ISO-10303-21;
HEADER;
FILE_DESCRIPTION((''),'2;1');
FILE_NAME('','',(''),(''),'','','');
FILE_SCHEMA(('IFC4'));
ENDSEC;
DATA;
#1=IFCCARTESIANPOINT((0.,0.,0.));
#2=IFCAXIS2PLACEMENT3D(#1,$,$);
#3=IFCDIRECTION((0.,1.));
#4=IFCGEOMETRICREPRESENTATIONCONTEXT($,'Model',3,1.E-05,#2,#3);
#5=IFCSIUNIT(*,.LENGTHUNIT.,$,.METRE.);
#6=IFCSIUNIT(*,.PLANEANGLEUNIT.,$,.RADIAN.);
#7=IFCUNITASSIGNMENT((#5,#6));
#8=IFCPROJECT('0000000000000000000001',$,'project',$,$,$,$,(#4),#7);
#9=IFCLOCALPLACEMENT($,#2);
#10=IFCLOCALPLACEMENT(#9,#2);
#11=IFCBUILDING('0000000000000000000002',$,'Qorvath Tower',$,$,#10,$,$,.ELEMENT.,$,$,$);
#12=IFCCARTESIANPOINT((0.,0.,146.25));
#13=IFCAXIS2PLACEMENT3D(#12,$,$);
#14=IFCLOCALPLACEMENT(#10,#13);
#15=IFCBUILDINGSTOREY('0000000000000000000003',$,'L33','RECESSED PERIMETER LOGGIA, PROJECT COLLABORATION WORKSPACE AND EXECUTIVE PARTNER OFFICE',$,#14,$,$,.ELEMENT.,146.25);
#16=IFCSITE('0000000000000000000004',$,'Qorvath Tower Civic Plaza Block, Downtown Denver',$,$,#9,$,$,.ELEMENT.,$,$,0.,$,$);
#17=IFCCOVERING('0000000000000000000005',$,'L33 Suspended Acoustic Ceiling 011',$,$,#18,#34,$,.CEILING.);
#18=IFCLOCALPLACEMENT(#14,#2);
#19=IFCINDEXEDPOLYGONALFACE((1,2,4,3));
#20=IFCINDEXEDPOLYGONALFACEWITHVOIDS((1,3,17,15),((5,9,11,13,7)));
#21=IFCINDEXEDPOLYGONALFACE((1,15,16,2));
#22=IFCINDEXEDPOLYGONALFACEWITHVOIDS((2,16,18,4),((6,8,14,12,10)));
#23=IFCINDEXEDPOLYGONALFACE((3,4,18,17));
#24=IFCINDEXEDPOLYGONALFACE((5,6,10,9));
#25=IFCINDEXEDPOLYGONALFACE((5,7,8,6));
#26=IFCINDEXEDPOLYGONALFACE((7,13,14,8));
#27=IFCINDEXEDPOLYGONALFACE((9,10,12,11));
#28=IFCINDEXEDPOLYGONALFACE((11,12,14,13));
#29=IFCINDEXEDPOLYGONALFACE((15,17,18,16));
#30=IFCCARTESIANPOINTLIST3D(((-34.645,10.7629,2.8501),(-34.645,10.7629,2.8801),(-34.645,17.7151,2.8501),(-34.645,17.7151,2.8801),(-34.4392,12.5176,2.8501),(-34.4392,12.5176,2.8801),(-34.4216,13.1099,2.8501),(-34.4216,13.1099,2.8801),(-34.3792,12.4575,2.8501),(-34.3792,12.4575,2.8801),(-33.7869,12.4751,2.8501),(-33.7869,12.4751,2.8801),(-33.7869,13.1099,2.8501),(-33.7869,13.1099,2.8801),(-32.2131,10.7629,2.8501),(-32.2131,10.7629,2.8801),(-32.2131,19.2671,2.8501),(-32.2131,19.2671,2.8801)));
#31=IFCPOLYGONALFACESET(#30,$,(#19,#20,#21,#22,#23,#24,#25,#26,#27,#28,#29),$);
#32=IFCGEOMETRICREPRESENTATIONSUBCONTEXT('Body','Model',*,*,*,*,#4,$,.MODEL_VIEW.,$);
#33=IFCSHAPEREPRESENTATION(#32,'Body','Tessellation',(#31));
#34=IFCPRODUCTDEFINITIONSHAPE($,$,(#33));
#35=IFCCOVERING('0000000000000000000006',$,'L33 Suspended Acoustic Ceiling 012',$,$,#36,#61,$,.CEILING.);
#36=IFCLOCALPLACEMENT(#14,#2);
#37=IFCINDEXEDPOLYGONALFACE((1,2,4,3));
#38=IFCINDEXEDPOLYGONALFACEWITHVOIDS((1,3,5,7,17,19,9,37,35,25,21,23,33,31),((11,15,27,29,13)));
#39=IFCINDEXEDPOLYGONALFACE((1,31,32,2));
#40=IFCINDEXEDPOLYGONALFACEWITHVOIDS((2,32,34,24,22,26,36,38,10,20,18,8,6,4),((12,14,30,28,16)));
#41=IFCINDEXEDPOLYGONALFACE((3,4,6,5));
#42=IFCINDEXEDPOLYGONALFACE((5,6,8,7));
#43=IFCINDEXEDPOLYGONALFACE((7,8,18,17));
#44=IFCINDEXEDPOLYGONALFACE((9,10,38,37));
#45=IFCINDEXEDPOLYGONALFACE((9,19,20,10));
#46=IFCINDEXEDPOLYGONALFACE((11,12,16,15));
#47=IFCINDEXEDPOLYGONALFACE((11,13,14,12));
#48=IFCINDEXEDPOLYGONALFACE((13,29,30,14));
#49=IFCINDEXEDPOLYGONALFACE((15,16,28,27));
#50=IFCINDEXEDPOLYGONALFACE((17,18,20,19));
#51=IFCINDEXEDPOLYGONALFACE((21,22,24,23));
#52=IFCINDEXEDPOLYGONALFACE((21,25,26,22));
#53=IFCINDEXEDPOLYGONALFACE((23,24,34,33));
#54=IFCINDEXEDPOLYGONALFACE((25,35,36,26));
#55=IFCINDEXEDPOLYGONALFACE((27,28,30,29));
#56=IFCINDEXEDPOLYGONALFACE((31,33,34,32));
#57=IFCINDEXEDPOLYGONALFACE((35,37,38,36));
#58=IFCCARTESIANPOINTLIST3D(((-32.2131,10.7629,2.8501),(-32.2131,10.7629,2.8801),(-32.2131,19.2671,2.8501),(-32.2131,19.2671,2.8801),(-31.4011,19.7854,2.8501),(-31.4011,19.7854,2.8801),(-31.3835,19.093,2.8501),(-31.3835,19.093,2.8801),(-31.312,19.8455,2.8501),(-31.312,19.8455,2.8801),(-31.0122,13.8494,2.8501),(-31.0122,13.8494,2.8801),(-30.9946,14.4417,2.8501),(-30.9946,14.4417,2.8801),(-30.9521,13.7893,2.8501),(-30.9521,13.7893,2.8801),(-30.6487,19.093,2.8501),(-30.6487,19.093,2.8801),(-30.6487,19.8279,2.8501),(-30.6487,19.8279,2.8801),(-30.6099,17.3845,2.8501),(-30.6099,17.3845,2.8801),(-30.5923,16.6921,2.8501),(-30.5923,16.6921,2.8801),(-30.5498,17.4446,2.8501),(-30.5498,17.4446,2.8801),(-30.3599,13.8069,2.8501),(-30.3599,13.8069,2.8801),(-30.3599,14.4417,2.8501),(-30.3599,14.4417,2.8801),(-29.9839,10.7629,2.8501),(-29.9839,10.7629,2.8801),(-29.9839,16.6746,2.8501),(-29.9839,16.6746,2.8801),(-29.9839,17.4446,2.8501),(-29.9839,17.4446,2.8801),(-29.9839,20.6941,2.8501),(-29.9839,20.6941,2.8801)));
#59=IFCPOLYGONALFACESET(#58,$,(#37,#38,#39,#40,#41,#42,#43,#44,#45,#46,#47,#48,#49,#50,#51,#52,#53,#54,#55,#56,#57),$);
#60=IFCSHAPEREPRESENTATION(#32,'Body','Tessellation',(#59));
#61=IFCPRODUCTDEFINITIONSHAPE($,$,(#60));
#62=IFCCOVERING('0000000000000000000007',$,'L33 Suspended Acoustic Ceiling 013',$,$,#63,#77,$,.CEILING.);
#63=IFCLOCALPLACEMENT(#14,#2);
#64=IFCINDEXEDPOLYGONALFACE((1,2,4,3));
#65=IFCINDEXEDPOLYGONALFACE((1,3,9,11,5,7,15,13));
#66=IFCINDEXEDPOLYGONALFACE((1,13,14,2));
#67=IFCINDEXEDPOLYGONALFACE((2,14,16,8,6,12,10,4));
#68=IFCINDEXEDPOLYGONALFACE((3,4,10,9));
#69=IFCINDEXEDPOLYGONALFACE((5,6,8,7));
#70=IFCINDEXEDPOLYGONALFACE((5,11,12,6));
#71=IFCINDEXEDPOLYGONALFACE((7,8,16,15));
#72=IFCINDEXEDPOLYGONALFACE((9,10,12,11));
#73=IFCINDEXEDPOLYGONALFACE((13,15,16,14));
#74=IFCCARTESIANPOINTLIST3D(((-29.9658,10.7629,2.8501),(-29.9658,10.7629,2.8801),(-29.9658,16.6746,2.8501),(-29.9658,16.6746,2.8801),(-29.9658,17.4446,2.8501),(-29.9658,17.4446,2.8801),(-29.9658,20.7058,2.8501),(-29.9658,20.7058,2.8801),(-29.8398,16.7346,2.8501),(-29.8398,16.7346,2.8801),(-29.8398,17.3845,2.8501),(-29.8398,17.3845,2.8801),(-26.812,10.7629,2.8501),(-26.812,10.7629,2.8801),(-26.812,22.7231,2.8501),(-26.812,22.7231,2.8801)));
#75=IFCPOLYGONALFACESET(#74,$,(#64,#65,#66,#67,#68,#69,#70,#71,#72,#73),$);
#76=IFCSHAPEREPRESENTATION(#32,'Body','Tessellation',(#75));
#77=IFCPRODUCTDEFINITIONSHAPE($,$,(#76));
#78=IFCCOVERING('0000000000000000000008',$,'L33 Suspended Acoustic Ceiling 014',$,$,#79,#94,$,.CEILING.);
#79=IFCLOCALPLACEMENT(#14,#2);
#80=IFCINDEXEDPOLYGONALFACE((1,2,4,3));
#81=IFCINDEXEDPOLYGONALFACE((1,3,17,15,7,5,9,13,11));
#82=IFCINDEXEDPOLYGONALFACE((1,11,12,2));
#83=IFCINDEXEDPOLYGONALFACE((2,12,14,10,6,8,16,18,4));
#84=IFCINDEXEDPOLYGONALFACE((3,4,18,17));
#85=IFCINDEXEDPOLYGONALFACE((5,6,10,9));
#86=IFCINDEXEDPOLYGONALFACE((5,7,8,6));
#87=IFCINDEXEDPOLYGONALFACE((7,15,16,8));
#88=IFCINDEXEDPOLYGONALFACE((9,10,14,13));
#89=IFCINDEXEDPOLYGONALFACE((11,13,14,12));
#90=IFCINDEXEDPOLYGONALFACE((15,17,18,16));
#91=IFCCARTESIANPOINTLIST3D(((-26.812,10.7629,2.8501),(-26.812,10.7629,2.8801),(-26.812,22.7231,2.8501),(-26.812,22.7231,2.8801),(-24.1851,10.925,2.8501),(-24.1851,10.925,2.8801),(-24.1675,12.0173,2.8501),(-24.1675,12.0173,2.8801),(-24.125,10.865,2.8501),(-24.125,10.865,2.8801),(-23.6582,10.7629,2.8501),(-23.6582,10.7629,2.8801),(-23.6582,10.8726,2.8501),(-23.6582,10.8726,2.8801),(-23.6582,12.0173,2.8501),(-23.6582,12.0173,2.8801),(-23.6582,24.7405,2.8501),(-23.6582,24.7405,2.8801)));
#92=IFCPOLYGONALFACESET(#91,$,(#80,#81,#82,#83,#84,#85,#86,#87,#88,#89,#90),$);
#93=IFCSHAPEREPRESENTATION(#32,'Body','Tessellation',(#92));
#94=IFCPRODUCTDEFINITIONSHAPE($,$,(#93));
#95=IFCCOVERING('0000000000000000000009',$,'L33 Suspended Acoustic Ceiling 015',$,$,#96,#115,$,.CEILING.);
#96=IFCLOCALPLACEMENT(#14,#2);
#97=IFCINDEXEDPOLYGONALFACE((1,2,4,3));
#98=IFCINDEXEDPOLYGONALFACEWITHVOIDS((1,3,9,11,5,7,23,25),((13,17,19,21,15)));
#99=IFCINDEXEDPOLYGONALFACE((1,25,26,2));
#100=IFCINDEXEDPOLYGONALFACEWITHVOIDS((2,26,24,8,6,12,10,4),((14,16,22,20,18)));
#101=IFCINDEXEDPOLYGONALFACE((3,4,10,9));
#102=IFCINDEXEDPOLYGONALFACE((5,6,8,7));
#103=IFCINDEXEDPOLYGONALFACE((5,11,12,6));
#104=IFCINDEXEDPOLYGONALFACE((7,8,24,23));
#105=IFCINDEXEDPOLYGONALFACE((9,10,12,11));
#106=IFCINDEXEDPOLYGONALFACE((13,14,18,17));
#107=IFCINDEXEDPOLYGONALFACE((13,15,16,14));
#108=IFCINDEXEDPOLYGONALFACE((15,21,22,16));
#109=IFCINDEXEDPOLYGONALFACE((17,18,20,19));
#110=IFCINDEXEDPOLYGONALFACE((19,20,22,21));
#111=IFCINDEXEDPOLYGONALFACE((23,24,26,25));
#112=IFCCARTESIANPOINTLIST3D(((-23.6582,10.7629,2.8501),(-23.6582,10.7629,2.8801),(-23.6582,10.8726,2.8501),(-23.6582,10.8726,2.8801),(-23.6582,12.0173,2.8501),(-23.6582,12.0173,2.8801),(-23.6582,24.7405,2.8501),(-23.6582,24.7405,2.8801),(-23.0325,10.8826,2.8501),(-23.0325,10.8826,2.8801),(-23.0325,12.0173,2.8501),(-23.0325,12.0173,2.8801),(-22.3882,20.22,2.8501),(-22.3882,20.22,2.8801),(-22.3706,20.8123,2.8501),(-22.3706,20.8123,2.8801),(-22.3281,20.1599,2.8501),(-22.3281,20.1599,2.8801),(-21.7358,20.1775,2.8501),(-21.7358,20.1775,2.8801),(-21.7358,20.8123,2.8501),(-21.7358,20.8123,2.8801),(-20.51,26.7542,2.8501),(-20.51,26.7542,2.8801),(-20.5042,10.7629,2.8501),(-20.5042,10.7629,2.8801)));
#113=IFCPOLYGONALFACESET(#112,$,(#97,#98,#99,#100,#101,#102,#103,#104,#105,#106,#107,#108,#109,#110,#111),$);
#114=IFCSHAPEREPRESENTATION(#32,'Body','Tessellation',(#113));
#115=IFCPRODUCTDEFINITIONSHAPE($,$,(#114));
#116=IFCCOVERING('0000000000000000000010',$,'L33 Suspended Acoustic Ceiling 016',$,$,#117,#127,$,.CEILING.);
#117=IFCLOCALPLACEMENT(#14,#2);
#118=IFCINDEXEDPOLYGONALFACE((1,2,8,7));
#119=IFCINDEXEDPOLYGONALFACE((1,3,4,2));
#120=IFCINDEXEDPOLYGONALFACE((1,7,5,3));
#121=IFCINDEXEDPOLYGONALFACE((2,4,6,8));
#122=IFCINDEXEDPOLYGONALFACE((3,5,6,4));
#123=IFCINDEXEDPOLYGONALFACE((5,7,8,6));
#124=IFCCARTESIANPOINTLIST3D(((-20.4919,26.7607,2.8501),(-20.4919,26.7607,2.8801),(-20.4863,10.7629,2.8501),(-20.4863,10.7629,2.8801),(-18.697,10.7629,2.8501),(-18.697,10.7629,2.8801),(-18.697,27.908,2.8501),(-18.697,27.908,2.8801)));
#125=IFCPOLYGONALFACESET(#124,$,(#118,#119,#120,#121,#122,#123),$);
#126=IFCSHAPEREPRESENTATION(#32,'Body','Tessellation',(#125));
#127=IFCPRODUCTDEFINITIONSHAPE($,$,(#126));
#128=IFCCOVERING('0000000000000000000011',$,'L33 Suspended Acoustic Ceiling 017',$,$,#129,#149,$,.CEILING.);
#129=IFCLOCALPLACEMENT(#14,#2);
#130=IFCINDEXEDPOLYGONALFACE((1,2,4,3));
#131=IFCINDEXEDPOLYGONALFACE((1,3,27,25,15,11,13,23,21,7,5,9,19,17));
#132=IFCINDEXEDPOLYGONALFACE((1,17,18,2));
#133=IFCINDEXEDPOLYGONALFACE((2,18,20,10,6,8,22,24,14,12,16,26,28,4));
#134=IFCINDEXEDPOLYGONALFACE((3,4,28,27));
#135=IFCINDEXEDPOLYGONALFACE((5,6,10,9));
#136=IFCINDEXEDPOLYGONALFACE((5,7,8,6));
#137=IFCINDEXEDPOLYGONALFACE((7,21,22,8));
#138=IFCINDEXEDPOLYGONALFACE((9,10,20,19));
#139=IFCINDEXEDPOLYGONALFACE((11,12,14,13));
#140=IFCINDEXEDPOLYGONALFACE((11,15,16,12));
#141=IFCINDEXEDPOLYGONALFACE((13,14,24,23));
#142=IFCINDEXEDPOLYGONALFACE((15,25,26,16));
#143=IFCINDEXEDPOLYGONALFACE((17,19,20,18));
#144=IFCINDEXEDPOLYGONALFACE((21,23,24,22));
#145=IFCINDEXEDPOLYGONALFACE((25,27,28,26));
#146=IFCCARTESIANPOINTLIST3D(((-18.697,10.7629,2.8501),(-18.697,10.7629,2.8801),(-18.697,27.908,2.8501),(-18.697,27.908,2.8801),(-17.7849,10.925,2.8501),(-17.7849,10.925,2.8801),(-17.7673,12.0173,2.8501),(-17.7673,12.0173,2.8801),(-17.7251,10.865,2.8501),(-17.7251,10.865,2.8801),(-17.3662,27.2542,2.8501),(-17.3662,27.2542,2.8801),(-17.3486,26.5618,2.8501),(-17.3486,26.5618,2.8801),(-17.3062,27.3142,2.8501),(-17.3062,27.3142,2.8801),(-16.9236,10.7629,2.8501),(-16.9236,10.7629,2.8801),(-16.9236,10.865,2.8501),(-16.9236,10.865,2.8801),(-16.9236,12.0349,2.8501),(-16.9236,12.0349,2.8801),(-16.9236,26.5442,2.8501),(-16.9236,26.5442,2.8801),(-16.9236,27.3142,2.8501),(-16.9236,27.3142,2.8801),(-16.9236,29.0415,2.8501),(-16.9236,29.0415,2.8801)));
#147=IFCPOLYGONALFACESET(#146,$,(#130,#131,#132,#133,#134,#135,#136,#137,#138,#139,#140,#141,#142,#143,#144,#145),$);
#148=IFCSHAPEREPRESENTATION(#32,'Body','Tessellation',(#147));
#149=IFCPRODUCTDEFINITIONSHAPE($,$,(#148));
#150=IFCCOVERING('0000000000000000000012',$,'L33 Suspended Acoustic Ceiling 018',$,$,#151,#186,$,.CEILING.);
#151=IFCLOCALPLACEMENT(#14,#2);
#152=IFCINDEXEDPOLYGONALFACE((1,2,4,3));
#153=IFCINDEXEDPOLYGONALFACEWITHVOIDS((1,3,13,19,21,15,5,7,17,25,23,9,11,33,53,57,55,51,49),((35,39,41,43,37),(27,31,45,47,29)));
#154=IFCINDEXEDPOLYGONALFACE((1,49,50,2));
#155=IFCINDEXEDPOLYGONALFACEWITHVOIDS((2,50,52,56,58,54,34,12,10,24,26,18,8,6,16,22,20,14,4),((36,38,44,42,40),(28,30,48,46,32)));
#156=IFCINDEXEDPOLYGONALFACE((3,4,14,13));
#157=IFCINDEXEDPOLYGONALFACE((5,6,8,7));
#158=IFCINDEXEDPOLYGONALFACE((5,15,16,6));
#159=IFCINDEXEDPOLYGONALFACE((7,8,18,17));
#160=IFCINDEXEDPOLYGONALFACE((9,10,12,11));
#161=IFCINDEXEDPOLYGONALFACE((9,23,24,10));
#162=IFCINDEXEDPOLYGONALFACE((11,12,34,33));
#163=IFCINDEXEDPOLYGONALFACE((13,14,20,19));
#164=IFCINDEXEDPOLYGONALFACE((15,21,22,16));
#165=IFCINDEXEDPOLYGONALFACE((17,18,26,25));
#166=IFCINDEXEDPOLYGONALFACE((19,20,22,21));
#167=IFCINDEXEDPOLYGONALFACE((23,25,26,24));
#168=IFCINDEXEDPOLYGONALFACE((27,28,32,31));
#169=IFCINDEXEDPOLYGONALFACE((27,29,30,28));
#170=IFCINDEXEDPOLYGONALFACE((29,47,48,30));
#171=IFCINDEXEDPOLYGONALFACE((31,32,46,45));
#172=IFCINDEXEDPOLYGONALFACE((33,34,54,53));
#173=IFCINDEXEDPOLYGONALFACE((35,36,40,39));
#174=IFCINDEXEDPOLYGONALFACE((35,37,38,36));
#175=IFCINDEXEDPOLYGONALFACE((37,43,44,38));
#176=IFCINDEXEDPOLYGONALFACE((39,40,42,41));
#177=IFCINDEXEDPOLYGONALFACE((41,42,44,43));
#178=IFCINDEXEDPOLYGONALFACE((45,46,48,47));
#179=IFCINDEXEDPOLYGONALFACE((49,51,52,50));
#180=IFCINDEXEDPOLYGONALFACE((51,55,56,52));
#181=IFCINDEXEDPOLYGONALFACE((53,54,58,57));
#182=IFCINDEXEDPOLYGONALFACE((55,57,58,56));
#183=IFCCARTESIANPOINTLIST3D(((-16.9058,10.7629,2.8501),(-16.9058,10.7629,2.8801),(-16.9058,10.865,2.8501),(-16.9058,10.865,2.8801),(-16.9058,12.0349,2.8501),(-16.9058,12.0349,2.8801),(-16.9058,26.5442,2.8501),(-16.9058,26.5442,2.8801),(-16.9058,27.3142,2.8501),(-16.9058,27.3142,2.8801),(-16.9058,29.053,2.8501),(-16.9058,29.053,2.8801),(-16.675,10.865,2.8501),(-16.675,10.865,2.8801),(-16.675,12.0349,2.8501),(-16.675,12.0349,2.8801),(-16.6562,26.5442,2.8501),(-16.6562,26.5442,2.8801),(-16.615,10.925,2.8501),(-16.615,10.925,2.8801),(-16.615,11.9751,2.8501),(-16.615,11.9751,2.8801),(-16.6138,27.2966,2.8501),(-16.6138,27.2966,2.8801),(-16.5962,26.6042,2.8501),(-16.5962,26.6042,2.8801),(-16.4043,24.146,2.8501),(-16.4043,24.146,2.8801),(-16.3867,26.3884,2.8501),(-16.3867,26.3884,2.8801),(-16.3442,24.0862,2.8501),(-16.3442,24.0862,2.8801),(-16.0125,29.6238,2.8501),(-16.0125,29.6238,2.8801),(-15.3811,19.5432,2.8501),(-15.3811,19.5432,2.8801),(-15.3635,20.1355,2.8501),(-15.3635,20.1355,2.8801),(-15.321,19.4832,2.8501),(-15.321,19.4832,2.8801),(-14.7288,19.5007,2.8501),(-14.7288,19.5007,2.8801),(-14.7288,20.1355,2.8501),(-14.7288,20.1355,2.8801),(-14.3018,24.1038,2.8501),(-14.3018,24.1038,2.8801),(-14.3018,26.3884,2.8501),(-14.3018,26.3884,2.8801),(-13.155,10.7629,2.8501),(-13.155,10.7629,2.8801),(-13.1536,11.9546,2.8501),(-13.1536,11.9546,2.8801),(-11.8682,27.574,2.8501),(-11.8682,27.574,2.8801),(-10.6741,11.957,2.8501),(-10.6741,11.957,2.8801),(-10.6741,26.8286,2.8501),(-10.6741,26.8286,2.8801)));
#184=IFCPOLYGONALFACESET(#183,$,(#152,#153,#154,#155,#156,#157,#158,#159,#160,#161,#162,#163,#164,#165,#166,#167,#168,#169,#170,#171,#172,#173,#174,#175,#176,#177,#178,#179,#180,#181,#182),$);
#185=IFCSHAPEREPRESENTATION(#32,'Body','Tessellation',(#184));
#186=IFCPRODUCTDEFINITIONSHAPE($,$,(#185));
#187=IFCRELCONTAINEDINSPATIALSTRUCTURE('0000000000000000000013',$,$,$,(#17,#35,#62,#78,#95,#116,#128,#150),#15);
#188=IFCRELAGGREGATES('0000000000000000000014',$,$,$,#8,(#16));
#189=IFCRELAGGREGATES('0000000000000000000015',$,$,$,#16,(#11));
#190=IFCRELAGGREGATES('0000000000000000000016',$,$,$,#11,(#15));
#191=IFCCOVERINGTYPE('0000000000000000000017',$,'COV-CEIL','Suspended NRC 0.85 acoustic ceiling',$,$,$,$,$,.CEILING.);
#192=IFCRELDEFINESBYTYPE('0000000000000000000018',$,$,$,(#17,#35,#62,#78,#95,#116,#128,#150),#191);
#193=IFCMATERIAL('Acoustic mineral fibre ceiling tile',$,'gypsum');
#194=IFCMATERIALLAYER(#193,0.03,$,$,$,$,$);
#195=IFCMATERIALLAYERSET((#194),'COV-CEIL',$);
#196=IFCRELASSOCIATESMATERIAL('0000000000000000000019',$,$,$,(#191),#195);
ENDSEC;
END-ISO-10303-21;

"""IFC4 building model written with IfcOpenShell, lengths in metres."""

from ifc_helpers import new_model, si_unit, direction, frame, origin, place, context, subcontext, project, spatial, polyline, outline, extrude, material, layer, layer_set, type_object, element, save


model = new_model("IFC4")

# Units and contexts
model_context = context("Model", 3, precision=1e-05, world=origin(), true_north=direction((0.0, 1.0)))
body_context = subcontext(model_context, "Body", "Model", "MODEL_VIEW")
ifc_project = project(units=[si_unit("LENGTHUNIT", "METRE"), si_unit("PLANEANGLEUNIT", "RADIAN")], contexts=[model_context])

# Site, building, storey
site_placement = place(None, origin())
site = spatial("IfcSite", under=ifc_project, at=site_placement, Name="Qorvath Tower Civic Plaza Block, Downtown Denver", CompositionType="ELEMENT", RefElevation=0.0)
building_placement = place(site_placement, origin())
building = spatial("IfcBuilding", under=site, at=building_placement, Name="Qorvath Tower", CompositionType="ELEMENT")
storey_placement = place(building_placement, frame((0.0, 0.0, 146.25)))
storey = spatial("IfcBuildingStorey", under=building, at=storey_placement, Name="L33", Description="RECESSED PERIMETER LOGGIA, PROJECT COLLABORATION WORKSPACE AND EXECUTIVE PARTNER OFFICE", CompositionType="ELEMENT", Elevation=146.25)

# Coverings
ifc_material_1 = material(Name="Acoustic mineral fibre ceiling tile", Category="gypsum")
ifc_layer_1 = layer(ifc_material_1, 0.03)
ifc_layer_set_1 = layer_set([ifc_layer_1], Name="COV-CEIL")
covering_type_1 = type_object("IfcCoveringType", Name="COV-CEIL", Description="Suspended NRC 0.85 acoustic ceiling", PredefinedType="CEILING", material=ifc_layer_set_1)
covering_1_placement = place(storey_placement, frame((0.0, 0.0, 2.8501)))
element("IfcCovering", 1, at=covering_1_placement, inside=storey, type_object=covering_type_1, Name="L33 Suspended Acoustic Ceiling 011", PredefinedType="CEILING", context=body_context, shape_type="SweptSolid", body=[
    extrude(outline(polyline([(-32.2131, 10.7629), (-32.2131, 19.2671), (-34.645, 17.7151), (-34.645, 10.7629), (-32.2131, 10.7629)]), holes=[polyline([(-34.4392, 12.5176), (-34.4216, 13.1099), (-33.7869, 13.1099), (-33.7869, 12.4751), (-34.3792, 12.4575), (-34.4392, 12.5176)])]), origin(), (0.0, 0.0, 1.0), 0.03),
])
covering_2_placement = place(storey_placement, frame((0.0, 0.0, 2.8501)))
element("IfcCovering", 2, at=covering_2_placement, inside=storey, type_object=covering_type_1, Name="L33 Suspended Acoustic Ceiling 012", PredefinedType="CEILING", context=body_context, shape_type="SweptSolid", body=[
    extrude(outline(polyline([(-31.4011, 19.7854), (-32.2131, 19.2671), (-32.2131, 10.7629), (-29.9839, 10.7629), (-29.9839, 16.6746), (-30.5923, 16.6921), (-30.6099, 17.3845), (-30.5498, 17.4446), (-29.9839, 17.4446), (-29.9839, 20.6941), (-31.312, 19.8455), (-30.6487, 19.8279), (-30.6487, 19.093), (-31.3835, 19.093), (-31.4011, 19.7854)]), holes=[polyline([(-31.0122, 13.8494), (-30.9946, 14.4417), (-30.3599, 14.4417), (-30.3599, 13.8069), (-30.9521, 13.7893), (-31.0122, 13.8494)])]), origin(), (0.0, 0.0, 1.0), 0.03),
])
covering_3_placement = place(storey_placement, frame((0.0, 0.0, 2.8501)))
element("IfcCovering", 3, at=covering_3_placement, inside=storey, type_object=covering_type_1, Name="L33 Suspended Acoustic Ceiling 013", PredefinedType="CEILING", context=body_context, shape_type="SweptSolid", body=[
    extrude(outline(polyline([(-26.812, 10.7629), (-26.812, 22.7231), (-29.9658, 20.7058), (-29.9658, 17.4446), (-29.8398, 17.3845), (-29.8398, 16.7346), (-29.9658, 16.6746), (-29.9658, 10.7629), (-26.812, 10.7629)])), origin(), (0.0, 0.0, 1.0), 0.03),
])
covering_4_placement = place(storey_placement, frame((0.0, 0.0, 2.8501)))
element("IfcCovering", 4, at=covering_4_placement, inside=storey, type_object=covering_type_1, Name="L33 Suspended Acoustic Ceiling 014", PredefinedType="CEILING", context=body_context, shape_type="SweptSolid", body=[
    extrude(outline(polyline([(-23.6582, 10.7629), (-23.6582, 10.8726), (-24.125, 10.865), (-24.1851, 10.925), (-24.1675, 12.0173), (-23.6582, 12.0173), (-23.6582, 24.7405), (-26.812, 22.7231), (-26.812, 10.7629), (-23.6582, 10.7629)])), origin(), (0.0, 0.0, 1.0), 0.03),
])
covering_5_placement = place(storey_placement, frame((0.0, 0.0, 2.8501)))
element("IfcCovering", 5, at=covering_5_placement, inside=storey, type_object=covering_type_1, Name="L33 Suspended Acoustic Ceiling 015", PredefinedType="CEILING", context=body_context, shape_type="SweptSolid", body=[
    extrude(outline(polyline([(-20.51, 26.7542), (-23.6582, 24.7405), (-23.6582, 12.0173), (-23.0325, 12.0173), (-23.0325, 10.8826), (-23.6582, 10.8726), (-23.6582, 10.7629), (-20.5042, 10.7629), (-20.51, 26.7542)]), holes=[polyline([(-22.3882, 20.22), (-22.3706, 20.8123), (-21.7358, 20.8123), (-21.7358, 20.1775), (-22.3281, 20.1599), (-22.3882, 20.22)])]), origin(), (0.0, 0.0, 1.0), 0.03),
])
covering_6_placement = place(storey_placement, frame((0.0, 0.0, 2.8501)))
element("IfcCovering", 6, at=covering_6_placement, inside=storey, type_object=covering_type_1, Name="L33 Suspended Acoustic Ceiling 016", PredefinedType="CEILING", context=body_context, shape_type="SweptSolid", body=[
    extrude(outline(polyline([(-18.697, 10.7629), (-18.697, 27.908), (-20.4919, 26.7607), (-20.4863, 10.7629), (-18.697, 10.7629)])), origin(), (0.0, 0.0, 1.0), 0.03),
])
covering_7_placement = place(storey_placement, frame((0.0, 0.0, 2.8501)))
element("IfcCovering", 7, at=covering_7_placement, inside=storey, type_object=covering_type_1, Name="L33 Suspended Acoustic Ceiling 017", PredefinedType="CEILING", context=body_context, shape_type="SweptSolid", body=[
    extrude(outline(polyline([(-17.3062, 27.3142), (-16.9236, 27.3142), (-16.9236, 29.0415), (-18.697, 27.908), (-18.697, 10.7629), (-16.9236, 10.7629), (-16.9236, 10.865), (-17.7251, 10.865), (-17.7849, 10.925), (-17.7673, 12.0173), (-16.9236, 12.0349), (-16.9236, 26.5442), (-17.3486, 26.5618), (-17.3662, 27.2542), (-17.3062, 27.3142)])), origin(), (0.0, 0.0, 1.0), 0.03),
])
covering_8_placement = place(storey_placement, frame((0.0, 0.0, 2.8501)))
element("IfcCovering", 8, at=covering_8_placement, inside=storey, type_object=covering_type_1, Name="L33 Suspended Acoustic Ceiling 018", PredefinedType="CEILING", context=body_context, shape_type="SweptSolid", body=[
    extrude(outline(polyline([(-13.1536, 11.9546), (-10.6741, 11.957), (-10.6741, 26.8286), (-11.8682, 27.574), (-16.0125, 29.6238), (-16.9058, 29.053), (-16.9058, 27.3142), (-16.6138, 27.2966), (-16.5962, 26.6042), (-16.6562, 26.5442), (-16.9058, 26.5442), (-16.9058, 12.0349), (-16.675, 12.0349), (-16.615, 11.9751), (-16.615, 10.925), (-16.675, 10.865), (-16.9058, 10.865), (-16.9058, 10.7629), (-13.155, 10.7629), (-13.1536, 11.9546)]), holes=[polyline([(-16.4043, 24.146), (-16.3867, 26.3884), (-14.3018, 26.3884), (-14.3018, 24.1038), (-16.3442, 24.0862), (-16.4043, 24.146)]), polyline([(-15.3811, 19.5432), (-15.3635, 20.1355), (-14.7288, 20.1355), (-14.7288, 19.5007), (-15.321, 19.4832), (-15.3811, 19.5432)])]), origin(), (0.0, 0.0, 1.0), 0.03),
])

save(model, "model.ifc")
